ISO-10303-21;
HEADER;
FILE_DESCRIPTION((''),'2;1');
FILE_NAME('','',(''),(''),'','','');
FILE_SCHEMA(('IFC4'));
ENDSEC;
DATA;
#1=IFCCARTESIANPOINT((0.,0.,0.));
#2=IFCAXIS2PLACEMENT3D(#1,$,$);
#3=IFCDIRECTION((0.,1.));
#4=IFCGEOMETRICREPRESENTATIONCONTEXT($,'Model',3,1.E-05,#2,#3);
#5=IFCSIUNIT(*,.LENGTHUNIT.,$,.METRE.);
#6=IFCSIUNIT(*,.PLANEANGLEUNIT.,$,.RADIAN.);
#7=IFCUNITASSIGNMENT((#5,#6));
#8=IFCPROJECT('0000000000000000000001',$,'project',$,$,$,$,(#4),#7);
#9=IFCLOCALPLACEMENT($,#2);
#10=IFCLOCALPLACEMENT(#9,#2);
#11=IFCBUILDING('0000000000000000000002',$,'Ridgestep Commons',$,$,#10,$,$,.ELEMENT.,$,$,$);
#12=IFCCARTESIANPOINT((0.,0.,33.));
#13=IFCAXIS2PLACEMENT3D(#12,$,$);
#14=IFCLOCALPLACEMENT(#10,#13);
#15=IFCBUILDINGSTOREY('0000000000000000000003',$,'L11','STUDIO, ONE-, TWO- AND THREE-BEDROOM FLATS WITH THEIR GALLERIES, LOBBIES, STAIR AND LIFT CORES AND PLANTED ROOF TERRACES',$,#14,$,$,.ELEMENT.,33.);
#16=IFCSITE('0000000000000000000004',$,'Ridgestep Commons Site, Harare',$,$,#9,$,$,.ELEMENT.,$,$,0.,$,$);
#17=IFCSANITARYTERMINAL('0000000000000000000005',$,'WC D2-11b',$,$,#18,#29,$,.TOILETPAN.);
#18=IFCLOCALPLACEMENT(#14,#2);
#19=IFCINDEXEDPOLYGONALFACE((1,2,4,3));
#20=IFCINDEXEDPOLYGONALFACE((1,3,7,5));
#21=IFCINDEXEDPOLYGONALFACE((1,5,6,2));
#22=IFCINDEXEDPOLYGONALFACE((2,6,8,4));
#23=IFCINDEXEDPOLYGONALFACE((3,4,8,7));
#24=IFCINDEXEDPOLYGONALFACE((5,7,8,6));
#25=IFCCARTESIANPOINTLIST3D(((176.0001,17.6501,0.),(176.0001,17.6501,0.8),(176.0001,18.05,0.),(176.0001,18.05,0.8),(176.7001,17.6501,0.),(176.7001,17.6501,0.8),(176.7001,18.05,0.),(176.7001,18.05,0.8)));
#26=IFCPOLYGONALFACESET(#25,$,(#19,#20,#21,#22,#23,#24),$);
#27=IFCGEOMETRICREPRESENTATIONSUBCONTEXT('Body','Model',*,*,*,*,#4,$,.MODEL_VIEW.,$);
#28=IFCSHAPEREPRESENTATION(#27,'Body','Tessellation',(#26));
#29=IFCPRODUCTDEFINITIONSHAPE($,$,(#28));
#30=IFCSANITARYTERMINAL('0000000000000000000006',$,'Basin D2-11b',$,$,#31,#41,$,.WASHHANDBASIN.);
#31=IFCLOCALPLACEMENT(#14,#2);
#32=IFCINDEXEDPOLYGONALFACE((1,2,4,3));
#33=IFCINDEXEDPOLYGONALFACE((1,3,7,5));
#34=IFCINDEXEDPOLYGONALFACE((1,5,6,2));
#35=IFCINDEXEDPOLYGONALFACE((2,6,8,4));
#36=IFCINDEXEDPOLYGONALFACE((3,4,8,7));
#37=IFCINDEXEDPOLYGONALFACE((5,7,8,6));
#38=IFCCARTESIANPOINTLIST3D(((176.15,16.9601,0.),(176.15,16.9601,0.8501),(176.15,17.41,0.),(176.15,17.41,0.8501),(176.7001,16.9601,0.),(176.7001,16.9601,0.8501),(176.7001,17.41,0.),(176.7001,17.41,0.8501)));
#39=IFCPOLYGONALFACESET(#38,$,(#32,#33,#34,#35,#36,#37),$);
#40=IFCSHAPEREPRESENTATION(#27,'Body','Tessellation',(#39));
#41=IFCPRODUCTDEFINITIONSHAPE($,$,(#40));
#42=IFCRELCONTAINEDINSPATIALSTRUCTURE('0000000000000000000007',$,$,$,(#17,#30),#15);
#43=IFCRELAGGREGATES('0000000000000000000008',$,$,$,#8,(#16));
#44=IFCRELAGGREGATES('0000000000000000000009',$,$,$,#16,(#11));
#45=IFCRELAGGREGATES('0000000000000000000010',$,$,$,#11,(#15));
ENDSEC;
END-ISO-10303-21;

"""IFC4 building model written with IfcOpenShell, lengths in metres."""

from ifc_helpers import new_model, si_unit, direction, frame, origin, origin_2d, place, context, subcontext, project, spatial, rectangle, extrude, element, save


model = new_model("IFC4")

# Units and contexts
model_context = context("Model", 3, precision=1e-05, world=origin(), true_north=direction((0.0, 1.0)))
body_context = subcontext(model_context, "Body", "Model", "MODEL_VIEW")
ifc_project = project(units=[si_unit("LENGTHUNIT", "METRE"), si_unit("PLANEANGLEUNIT", "RADIAN")], contexts=[model_context])

# Site, building, storey
site_placement = place(None, origin())
site = spatial("IfcSite", under=ifc_project, at=site_placement, Name="Ridgestep Commons Site, Harare", CompositionType="ELEMENT", RefElevation=0.0)
building_placement = place(site_placement, origin())
building = spatial("IfcBuilding", under=site, at=building_placement, Name="Ridgestep Commons", CompositionType="ELEMENT")
storey_placement = place(building_placement, frame((0.0, 0.0, 33.0)))
storey = spatial("IfcBuildingStorey", under=building, at=storey_placement, Name="L11", Description="STUDIO, ONE-, TWO- AND THREE-BEDROOM FLATS WITH THEIR GALLERIES, LOBBIES, STAIR AND LIFT CORES AND PLANTED ROOF TERRACES", CompositionType="ELEMENT", Elevation=33.0)

# Sanitary terminals
sanitary_terminal_1_placement = place(storey_placement, frame((176.3501, 17.8501, 0.0), z_axis=(0.0, 0.0, 1.0), x_axis=(1.0, 0.0, 0.0)))
element("IfcSanitaryTerminal", 1, at=sanitary_terminal_1_placement, inside=storey, Name="WC D2-11b", PredefinedType="TOILETPAN", context=body_context, shape_type="SweptSolid", body=[
    extrude(rectangle(XDim=0.7, YDim=0.3999, at=origin_2d()), origin(), (0.0, 0.0, 1.0), 0.8),
])
sanitary_terminal_2_placement = place(storey_placement, frame((176.425, 17.1851, 0.0), z_axis=(0.0, 0.0, 1.0), x_axis=(1.0, 0.0, 0.0)))
element("IfcSanitaryTerminal", 2, at=sanitary_terminal_2_placement, inside=storey, Name="Basin D2-11b", PredefinedType="WASHHANDBASIN", context=body_context, shape_type="SweptSolid", body=[
    extrude(rectangle(XDim=0.55, YDim=0.45, at=origin_2d()), origin(), (0.0, 0.0, 1.0), 0.8501),
])

save(model, "model.ifc")
